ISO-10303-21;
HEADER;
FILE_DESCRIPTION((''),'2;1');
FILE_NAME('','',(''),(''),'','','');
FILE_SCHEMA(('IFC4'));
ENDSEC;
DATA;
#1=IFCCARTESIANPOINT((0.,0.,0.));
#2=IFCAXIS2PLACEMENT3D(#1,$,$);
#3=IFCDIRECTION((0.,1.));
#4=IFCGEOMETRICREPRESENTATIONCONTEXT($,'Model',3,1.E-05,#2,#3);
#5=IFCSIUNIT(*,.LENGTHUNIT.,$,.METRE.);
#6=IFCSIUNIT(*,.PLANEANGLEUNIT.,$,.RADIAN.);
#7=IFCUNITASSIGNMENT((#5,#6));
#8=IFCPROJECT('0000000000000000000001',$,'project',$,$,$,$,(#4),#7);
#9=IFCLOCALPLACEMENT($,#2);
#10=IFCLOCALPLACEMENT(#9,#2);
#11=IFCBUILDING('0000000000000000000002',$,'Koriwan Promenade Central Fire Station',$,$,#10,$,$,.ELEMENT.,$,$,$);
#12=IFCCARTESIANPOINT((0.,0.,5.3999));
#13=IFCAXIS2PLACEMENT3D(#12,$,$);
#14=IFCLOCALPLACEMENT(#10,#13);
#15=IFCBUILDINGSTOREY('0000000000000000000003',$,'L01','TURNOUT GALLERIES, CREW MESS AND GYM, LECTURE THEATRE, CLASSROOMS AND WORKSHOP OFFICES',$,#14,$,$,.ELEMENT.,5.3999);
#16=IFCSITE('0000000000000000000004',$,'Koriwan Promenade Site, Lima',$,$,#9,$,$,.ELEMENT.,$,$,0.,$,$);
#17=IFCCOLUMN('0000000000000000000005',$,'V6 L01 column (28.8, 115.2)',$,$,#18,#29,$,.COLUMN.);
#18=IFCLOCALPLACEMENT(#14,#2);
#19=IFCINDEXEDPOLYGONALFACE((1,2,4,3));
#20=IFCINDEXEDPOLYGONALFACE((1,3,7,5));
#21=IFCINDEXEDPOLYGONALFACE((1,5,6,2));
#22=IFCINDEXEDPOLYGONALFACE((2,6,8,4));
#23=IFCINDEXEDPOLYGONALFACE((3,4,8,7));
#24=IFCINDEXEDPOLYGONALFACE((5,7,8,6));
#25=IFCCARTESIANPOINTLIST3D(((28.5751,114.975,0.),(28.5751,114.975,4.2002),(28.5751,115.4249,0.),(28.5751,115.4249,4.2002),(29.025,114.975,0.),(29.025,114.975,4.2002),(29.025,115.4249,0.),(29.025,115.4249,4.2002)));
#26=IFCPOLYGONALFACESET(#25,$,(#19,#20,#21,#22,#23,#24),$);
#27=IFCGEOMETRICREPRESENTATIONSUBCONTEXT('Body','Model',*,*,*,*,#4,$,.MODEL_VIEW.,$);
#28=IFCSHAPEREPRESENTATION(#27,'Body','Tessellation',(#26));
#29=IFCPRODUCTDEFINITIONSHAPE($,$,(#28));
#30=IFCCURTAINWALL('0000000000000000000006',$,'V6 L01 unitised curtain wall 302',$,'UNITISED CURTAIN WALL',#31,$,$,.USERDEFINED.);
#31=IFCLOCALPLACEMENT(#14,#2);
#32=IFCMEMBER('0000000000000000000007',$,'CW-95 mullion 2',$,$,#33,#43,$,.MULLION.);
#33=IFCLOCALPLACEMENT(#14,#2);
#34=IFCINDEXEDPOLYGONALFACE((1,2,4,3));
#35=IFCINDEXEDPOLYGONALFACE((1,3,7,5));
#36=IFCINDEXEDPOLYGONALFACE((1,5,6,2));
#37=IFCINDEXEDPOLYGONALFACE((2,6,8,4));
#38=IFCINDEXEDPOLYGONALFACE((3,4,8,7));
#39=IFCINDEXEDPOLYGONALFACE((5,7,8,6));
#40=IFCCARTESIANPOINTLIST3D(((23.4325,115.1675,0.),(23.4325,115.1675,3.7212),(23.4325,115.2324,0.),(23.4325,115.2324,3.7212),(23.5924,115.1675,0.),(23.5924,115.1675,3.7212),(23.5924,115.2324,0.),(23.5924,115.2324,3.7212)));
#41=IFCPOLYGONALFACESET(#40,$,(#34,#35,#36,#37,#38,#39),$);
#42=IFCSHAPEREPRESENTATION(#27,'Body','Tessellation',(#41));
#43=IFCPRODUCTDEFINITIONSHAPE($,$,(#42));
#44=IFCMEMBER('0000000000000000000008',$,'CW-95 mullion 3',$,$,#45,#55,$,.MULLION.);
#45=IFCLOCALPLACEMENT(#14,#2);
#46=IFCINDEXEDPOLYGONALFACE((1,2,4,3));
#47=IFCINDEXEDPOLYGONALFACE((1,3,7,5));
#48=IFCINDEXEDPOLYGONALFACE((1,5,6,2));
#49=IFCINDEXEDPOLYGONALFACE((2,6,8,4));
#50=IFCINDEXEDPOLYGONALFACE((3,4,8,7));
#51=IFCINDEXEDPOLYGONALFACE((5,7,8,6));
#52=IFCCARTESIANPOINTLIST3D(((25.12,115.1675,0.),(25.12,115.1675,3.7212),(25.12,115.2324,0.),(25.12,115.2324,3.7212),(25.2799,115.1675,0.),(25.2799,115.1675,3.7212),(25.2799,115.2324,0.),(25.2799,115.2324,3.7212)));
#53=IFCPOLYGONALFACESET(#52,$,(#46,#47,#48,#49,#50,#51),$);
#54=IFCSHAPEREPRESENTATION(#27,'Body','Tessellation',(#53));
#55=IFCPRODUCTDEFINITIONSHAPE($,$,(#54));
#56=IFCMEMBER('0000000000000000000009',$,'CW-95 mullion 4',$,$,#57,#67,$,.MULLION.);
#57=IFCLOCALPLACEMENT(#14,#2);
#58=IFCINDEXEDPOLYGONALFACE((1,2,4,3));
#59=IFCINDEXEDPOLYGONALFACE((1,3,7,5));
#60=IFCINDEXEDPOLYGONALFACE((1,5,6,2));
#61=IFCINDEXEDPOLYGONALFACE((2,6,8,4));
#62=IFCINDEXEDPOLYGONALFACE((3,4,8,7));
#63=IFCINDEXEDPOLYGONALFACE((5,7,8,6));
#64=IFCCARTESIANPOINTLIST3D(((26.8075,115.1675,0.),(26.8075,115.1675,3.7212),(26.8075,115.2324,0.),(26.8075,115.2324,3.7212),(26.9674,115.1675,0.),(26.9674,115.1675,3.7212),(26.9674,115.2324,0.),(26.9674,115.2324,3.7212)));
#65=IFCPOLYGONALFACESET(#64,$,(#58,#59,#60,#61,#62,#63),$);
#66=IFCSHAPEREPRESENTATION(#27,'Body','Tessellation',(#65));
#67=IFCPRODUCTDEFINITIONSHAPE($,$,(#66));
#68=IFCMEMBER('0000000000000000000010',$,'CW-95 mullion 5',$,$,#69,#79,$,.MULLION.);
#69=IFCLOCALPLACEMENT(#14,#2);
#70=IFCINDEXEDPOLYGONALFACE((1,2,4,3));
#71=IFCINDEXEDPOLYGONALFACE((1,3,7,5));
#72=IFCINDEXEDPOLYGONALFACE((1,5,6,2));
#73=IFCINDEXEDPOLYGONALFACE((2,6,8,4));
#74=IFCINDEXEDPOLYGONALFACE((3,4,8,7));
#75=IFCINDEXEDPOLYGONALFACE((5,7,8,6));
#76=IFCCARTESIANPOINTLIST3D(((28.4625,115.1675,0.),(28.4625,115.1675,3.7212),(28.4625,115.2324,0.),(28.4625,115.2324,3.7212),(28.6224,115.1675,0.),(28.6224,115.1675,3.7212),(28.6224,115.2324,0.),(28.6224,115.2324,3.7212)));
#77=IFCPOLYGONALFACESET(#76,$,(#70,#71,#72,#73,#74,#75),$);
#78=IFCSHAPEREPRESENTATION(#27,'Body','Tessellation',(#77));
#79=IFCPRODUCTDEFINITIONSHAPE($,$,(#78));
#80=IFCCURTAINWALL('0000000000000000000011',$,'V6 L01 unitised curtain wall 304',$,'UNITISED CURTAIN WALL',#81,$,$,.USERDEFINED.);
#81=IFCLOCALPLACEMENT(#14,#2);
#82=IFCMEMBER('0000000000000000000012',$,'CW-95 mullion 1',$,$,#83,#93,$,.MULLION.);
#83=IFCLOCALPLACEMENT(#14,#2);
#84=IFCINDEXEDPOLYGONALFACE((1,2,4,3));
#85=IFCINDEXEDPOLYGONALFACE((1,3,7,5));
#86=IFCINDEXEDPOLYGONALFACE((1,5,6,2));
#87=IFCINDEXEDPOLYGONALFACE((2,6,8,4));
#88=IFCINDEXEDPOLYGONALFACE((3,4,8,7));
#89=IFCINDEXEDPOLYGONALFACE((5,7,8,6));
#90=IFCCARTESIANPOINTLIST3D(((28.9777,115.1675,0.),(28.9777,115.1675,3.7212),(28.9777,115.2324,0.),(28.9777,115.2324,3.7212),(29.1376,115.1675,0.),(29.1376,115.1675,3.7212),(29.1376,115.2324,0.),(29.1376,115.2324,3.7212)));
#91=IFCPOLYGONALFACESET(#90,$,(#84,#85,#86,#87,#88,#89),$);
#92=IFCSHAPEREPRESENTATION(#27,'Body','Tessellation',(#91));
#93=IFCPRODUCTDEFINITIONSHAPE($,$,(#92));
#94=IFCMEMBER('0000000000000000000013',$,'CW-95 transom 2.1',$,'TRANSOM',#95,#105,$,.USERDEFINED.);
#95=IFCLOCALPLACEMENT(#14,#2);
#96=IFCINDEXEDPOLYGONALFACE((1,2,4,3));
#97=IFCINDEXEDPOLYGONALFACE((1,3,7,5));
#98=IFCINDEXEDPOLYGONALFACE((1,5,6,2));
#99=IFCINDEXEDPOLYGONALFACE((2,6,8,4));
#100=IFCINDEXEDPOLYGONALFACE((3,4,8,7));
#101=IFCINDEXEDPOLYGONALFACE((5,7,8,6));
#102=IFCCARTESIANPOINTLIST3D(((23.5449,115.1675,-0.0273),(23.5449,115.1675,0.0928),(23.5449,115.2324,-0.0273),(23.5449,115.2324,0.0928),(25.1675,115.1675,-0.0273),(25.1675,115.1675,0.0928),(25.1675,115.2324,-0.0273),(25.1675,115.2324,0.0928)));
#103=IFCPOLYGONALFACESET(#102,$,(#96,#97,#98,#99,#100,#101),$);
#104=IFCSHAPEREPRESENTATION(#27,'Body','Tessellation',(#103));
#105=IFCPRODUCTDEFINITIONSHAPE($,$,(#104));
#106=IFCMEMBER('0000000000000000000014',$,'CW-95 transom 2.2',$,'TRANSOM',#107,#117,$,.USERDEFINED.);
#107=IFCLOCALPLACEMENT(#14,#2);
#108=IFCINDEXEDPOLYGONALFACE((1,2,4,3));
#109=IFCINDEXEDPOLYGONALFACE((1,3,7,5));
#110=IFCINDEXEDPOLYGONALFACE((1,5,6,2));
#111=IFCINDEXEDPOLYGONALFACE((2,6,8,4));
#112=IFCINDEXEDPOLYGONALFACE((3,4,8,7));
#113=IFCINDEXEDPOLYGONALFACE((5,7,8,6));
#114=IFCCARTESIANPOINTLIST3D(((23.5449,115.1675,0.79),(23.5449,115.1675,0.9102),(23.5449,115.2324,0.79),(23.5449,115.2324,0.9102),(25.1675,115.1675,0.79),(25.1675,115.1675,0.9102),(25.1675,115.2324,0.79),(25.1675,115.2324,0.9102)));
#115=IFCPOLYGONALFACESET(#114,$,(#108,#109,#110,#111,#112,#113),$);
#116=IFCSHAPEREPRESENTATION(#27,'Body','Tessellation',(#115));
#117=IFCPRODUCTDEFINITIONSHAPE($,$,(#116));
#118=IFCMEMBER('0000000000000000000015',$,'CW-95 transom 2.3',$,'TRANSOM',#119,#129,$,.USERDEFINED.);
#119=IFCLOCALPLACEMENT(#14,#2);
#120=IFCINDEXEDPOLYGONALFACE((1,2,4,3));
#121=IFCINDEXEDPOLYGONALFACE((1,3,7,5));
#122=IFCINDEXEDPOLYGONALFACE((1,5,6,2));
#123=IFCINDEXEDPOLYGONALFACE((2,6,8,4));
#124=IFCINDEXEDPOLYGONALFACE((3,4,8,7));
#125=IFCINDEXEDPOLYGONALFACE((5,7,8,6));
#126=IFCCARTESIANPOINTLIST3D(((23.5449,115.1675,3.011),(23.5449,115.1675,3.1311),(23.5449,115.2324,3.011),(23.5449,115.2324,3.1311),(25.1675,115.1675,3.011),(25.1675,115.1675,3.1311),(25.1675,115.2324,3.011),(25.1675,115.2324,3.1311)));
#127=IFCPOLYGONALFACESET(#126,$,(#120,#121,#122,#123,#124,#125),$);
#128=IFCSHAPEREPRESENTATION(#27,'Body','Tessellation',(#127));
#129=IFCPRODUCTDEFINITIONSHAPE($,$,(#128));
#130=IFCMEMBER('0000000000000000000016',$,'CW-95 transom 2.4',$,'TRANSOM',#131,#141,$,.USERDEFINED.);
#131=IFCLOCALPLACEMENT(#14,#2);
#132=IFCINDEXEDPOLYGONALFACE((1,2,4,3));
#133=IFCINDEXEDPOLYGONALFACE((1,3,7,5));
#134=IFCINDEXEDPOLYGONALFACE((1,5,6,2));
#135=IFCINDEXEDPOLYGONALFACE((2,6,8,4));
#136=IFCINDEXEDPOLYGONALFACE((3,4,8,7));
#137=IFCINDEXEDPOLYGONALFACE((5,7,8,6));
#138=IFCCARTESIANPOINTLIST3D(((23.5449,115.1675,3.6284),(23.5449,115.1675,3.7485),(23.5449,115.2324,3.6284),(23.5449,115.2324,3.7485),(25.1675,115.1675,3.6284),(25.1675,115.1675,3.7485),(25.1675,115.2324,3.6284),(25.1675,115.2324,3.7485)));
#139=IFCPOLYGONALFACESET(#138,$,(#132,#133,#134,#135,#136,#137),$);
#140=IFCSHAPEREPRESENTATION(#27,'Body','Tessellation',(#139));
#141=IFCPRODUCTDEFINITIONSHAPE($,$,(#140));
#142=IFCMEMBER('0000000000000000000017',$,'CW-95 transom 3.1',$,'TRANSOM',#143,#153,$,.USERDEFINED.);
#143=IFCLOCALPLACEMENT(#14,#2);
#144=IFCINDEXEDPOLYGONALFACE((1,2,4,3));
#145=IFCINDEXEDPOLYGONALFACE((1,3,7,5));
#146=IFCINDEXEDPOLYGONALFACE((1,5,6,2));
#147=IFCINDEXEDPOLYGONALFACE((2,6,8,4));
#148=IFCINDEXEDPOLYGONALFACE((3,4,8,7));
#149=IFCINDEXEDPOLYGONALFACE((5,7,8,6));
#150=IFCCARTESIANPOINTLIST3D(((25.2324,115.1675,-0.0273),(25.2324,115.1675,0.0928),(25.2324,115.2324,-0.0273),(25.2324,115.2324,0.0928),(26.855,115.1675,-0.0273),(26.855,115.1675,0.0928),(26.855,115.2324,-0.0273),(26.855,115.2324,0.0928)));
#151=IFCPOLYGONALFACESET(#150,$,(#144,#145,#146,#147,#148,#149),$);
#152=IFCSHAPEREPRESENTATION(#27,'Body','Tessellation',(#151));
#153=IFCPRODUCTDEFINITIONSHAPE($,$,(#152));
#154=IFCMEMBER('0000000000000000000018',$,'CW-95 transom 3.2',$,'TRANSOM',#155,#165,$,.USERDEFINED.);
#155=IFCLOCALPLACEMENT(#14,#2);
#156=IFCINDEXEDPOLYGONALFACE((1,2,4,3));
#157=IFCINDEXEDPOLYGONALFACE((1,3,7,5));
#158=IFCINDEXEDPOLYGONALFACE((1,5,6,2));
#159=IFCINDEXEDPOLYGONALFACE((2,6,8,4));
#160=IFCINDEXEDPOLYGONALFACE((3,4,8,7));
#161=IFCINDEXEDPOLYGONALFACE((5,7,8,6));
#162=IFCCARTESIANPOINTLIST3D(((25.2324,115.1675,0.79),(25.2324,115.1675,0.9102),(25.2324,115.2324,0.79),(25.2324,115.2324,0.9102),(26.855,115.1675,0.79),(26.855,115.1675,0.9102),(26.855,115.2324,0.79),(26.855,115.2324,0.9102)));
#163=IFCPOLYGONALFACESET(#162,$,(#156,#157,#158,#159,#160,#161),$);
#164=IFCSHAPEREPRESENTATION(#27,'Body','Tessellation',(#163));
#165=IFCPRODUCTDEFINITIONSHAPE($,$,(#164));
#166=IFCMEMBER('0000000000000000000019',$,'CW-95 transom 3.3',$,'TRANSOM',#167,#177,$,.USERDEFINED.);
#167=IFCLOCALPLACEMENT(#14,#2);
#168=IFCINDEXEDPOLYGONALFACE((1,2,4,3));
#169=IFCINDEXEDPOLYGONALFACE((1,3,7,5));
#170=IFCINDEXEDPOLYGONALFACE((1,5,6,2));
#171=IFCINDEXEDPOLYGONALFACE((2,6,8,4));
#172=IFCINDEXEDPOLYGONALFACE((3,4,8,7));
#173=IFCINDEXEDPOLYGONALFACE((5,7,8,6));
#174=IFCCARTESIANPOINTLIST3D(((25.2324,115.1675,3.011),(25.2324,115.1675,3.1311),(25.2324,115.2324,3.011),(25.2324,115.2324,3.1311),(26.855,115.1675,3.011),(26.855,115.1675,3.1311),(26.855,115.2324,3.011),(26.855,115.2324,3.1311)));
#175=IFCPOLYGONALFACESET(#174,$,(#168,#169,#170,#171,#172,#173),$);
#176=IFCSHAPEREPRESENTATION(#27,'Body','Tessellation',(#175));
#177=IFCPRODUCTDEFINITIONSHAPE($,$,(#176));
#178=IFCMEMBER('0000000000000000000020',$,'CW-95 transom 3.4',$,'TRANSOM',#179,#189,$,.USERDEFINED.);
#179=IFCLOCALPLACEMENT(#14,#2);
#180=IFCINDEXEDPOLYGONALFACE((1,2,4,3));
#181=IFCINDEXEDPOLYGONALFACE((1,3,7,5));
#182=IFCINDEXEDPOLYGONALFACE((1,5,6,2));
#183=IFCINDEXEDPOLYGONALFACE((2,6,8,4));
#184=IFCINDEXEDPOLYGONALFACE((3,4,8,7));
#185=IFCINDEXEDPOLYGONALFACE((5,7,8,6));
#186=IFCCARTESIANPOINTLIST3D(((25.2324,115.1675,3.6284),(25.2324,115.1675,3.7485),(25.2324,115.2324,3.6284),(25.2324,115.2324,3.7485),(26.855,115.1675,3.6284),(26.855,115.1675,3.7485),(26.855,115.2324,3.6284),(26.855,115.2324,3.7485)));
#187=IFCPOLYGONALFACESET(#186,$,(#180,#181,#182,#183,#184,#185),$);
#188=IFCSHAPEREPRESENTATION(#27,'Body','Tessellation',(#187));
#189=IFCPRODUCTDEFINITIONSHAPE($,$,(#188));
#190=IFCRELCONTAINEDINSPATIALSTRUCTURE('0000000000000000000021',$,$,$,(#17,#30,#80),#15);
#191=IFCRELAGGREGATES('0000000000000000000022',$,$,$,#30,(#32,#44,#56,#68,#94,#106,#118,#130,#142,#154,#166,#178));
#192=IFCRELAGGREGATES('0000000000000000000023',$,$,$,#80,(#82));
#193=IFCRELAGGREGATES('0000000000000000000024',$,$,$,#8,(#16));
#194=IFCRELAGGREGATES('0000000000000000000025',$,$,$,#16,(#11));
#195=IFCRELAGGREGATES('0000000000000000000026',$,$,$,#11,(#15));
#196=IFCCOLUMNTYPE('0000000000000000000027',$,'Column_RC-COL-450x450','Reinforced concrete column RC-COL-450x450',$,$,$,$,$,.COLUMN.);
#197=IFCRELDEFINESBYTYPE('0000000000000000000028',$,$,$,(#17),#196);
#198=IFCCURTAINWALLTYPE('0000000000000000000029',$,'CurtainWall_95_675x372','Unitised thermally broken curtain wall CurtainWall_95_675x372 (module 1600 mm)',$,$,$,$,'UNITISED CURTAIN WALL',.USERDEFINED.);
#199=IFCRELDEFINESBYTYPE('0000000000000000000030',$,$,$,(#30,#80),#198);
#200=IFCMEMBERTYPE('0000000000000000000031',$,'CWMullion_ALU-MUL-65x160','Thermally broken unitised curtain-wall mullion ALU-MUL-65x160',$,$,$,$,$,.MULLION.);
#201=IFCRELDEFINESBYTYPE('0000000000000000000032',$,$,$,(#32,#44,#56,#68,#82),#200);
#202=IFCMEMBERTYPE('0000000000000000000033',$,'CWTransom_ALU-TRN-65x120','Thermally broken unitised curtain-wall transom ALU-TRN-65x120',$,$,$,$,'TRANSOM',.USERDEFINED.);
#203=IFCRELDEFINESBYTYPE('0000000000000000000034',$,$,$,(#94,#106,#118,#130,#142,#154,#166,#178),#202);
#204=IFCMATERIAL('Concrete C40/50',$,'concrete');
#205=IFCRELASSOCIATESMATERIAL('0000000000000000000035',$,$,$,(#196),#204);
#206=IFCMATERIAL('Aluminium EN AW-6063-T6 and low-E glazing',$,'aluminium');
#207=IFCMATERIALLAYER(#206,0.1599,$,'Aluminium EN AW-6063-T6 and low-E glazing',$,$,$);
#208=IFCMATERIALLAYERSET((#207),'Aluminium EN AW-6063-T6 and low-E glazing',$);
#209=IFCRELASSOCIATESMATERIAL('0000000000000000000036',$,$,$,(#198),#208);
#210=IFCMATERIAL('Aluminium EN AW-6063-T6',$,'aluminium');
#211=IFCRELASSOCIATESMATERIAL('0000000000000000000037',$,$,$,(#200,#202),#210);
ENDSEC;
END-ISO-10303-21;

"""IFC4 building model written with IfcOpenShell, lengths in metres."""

from ifc_helpers import new_model, si_unit, direction, frame, origin, origin_2d, place, context, subcontext, project, spatial, rectangle, extrude, material, layer, layer_set, material_profile, profile_set, type_object, element, aggregate, save


model = new_model("IFC4")

# Units and contexts
model_context = context("Model", 3, precision=1e-05, world=origin(), true_north=direction((0.0, 1.0)))
body_context = subcontext(model_context, "Body", "Model", "MODEL_VIEW")
ifc_project = project(units=[si_unit("LENGTHUNIT", "METRE"), si_unit("PLANEANGLEUNIT", "RADIAN")], contexts=[model_context])

# Site, building, storey
site_placement = place(None, origin())
site = spatial("IfcSite", under=ifc_project, at=site_placement, Name="Koriwan Promenade Site, Lima", CompositionType="ELEMENT", RefElevation=0.0)
building_placement = place(site_placement, origin())
building = spatial("IfcBuilding", under=site, at=building_placement, Name="Koriwan Promenade Central Fire Station", CompositionType="ELEMENT")
storey_placement = place(building_placement, frame((0.0, 0.0, 5.3999)))
storey = spatial("IfcBuildingStorey", under=building, at=storey_placement, Name="L01", Description="TURNOUT GALLERIES, CREW MESS AND GYM, LECTURE THEATRE, CLASSROOMS AND WORKSHOP OFFICES", CompositionType="ELEMENT", Elevation=5.3999)

# Column
ifc_material_1 = material(Name="Concrete C40/50", Category="concrete")
ifc_material_profile_1 = material_profile(ifc_material_1, rectangle(XDim=0.45, YDim=0.45, at=origin_2d()), Name="RC-COL-450x450")
ifc_profile_set_1 = profile_set([ifc_material_profile_1], Name="Concrete C40/50")
column_type = type_object("IfcColumnType", Name="Column_RC-COL-450x450", Description="Reinforced concrete column RC-COL-450x450", PredefinedType="COLUMN", material=ifc_profile_set_1)
column_placement = place(storey_placement, frame((28.8, 115.2, 0.0), z_axis=(0.0, 0.0, 1.0), x_axis=(1.0, 0.0, 0.0)))
element("IfcColumn", 1, at=column_placement, inside=storey, type_object=column_type, Name="V6 L01 column (28.8, 115.2)", PredefinedType="COLUMN", context=body_context, shape_type="SweptSolid", body=[
    extrude(rectangle(XDim=0.45, YDim=0.45, at=origin_2d()), origin(), (0.0, 0.0, 1.0), 4.2002),
])

# Curtain wall, members
ifc_material_2 = material(Name="Aluminium EN AW-6063-T6 and low-E glazing", Category="aluminium")
ifc_layer_1 = layer(ifc_material_2, 0.1599, Name="Aluminium EN AW-6063-T6 and low-E glazing")
ifc_layer_set_1 = layer_set([ifc_layer_1], Name="Aluminium EN AW-6063-T6 and low-E glazing")
curtain_wall_type = type_object("IfcCurtainWallType", Name="CurtainWall_95_675x372", Description="Unitised thermally broken curtain wall CurtainWall_95_675x372 (module 1600 mm)", ElementType="UNITISED CURTAIN WALL", PredefinedType="USERDEFINED", material=ifc_layer_set_1)
curtain_wall_1_placement = place(storey_placement, origin())
curtain_wall_1 = element("IfcCurtainWall", 2, at=curtain_wall_1_placement, inside=storey, type_object=curtain_wall_type, Name="V6 L01 unitised curtain wall 302", ObjectType="UNITISED CURTAIN WALL", PredefinedType="USERDEFINED")
ifc_material_3 = material(Name="Aluminium EN AW-6063-T6", Category="aluminium")
ifc_material_profile_2 = material_profile(ifc_material_3, rectangle(XDim=0.0649, YDim=0.1599, at=origin_2d()), Name="ALU-MUL-65x160")
ifc_profile_set_2 = profile_set([ifc_material_profile_2], Name="Aluminium EN AW-6063-T6")
member_type_1 = type_object("IfcMemberType", Name="CWMullion_ALU-MUL-65x160", Description="Thermally broken unitised curtain-wall mullion ALU-MUL-65x160", PredefinedType="MULLION", material=ifc_profile_set_2)
member_1_placement = place(storey_placement, frame((23.5125, 115.2, 0.0), z_axis=(0.0, 0.0, 1.0), x_axis=(0.0, 1.0, 0.0)))
member_1 = element("IfcMember", 3, at=member_1_placement, type_object=member_type_1, Name="CW-95 mullion 2", PredefinedType="MULLION", context=body_context, shape_type="SweptSolid", body=[
    extrude(rectangle(XDim=0.0649, YDim=0.1599, at=origin_2d()), origin(), (0.0, 0.0, 1.0), 3.7212),
])
member_2_placement = place(storey_placement, frame((25.2, 115.2, 0.0), z_axis=(0.0, 0.0, 1.0), x_axis=(0.0, 1.0, 0.0)))
member_2 = element("IfcMember", 4, at=member_2_placement, type_object=member_type_1, Name="CW-95 mullion 3", PredefinedType="MULLION", context=body_context, shape_type="SweptSolid", body=[
    extrude(rectangle(XDim=0.0649, YDim=0.1599, at=origin_2d()), origin(), (0.0, 0.0, 1.0), 3.7212),
])
member_3_placement = place(storey_placement, frame((26.8875, 115.2, 0.0), z_axis=(0.0, 0.0, 1.0), x_axis=(0.0, 1.0, 0.0)))
member_3 = element("IfcMember", 5, at=member_3_placement, type_object=member_type_1, Name="CW-95 mullion 4", PredefinedType="MULLION", context=body_context, shape_type="SweptSolid", body=[
    extrude(rectangle(XDim=0.0649, YDim=0.1599, at=origin_2d()), origin(), (0.0, 0.0, 1.0), 3.7212),
])
member_4_placement = place(storey_placement, frame((28.5425, 115.2, 0.0), z_axis=(0.0, 0.0, 1.0), x_axis=(0.0, 1.0, 0.0)))
member_4 = element("IfcMember", 6, at=member_4_placement, type_object=member_type_1, Name="CW-95 mullion 5", PredefinedType="MULLION", context=body_context, shape_type="SweptSolid", body=[
    extrude(rectangle(XDim=0.0649, YDim=0.1599, at=origin_2d()), origin(), (0.0, 0.0, 1.0), 3.7212),
])

# Curtain wall, member
curtain_wall_2_placement = place(storey_placement, origin())
curtain_wall_2 = element("IfcCurtainWall", 7, at=curtain_wall_2_placement, inside=storey, type_object=curtain_wall_type, Name="V6 L01 unitised curtain wall 304", ObjectType="UNITISED CURTAIN WALL", PredefinedType="USERDEFINED")
member_5_placement = place(storey_placement, frame((29.0576, 115.2, 0.0), z_axis=(0.0, 0.0, 1.0), x_axis=(0.0, 1.0, 0.0)))
member_5 = element("IfcMember", 8, at=member_5_placement, type_object=member_type_1, Name="CW-95 mullion 1", PredefinedType="MULLION", context=body_context, shape_type="SweptSolid", body=[
    extrude(rectangle(XDim=0.0649, YDim=0.1599, at=origin_2d()), origin(), (0.0, 0.0, 1.0), 3.7212),
])

# Members
ifc_material_profile_3 = material_profile(ifc_material_3, rectangle(XDim=0.0649, YDim=0.1201, at=origin_2d()), Name="ALU-TRN-65x120")
ifc_profile_set_3 = profile_set([ifc_material_profile_3], Name="Aluminium EN AW-6063-T6")
member_type_2 = type_object("IfcMemberType", Name="CWTransom_ALU-TRN-65x120", Description="Thermally broken unitised curtain-wall transom ALU-TRN-65x120", ElementType="TRANSOM", PredefinedType="USERDEFINED", material=ifc_profile_set_3)
member_6_placement = place(storey_placement, frame((23.5449, 115.2, 0.0327), z_axis=(1.0, 0.0, 0.0), x_axis=(0.0, 1.0, 0.0)))
member_6 = element("IfcMember", 9, at=member_6_placement, type_object=member_type_2, Name="CW-95 transom 2.1", ObjectType="TRANSOM", PredefinedType="USERDEFINED", context=body_context, shape_type="SweptSolid", body=[
    extrude(rectangle(XDim=0.0649, YDim=0.1201, at=origin_2d()), origin(), (0.0, 0.0, 1.0), 1.6226),
])
member_7_placement = place(storey_placement, frame((23.5449, 115.2, 0.8501), z_axis=(1.0, 0.0, 0.0), x_axis=(0.0, 1.0, 0.0)))
member_7 = element("IfcMember", 10, at=member_7_placement, type_object=member_type_2, Name="CW-95 transom 2.2", ObjectType="TRANSOM", PredefinedType="USERDEFINED", context=body_context, shape_type="SweptSolid", body=[
    extrude(rectangle(XDim=0.0649, YDim=0.1201, at=origin_2d()), origin(), (0.0, 0.0, 1.0), 1.6226),
])
member_8_placement = place(storey_placement, frame((23.5449, 115.2, 3.071), z_axis=(1.0, 0.0, 0.0), x_axis=(0.0, 1.0, 0.0)))
member_8 = element("IfcMember", 11, at=member_8_placement, type_object=member_type_2, Name="CW-95 transom 2.3", ObjectType="TRANSOM", PredefinedType="USERDEFINED", context=body_context, shape_type="SweptSolid", body=[
    extrude(rectangle(XDim=0.0649, YDim=0.1201, at=origin_2d()), origin(), (0.0, 0.0, 1.0), 1.6226),
])
member_9_placement = place(storey_placement, frame((23.5449, 115.2, 3.6885), z_axis=(1.0, 0.0, 0.0), x_axis=(0.0, 1.0, 0.0)))
member_9 = element("IfcMember", 12, at=member_9_placement, type_object=member_type_2, Name="CW-95 transom 2.4", ObjectType="TRANSOM", PredefinedType="USERDEFINED", context=body_context, shape_type="SweptSolid", body=[
    extrude(rectangle(XDim=0.0649, YDim=0.1201, at=origin_2d()), origin(), (0.0, 0.0, 1.0), 1.6226),
])
member_10_placement = place(storey_placement, frame((25.2324, 115.2, 0.0327), z_axis=(1.0, 0.0, 0.0), x_axis=(0.0, 1.0, 0.0)))
member_10 = element("IfcMember", 13, at=member_10_placement, type_object=member_type_2, Name="CW-95 transom 3.1", ObjectType="TRANSOM", PredefinedType="USERDEFINED", context=body_context, shape_type="SweptSolid", body=[
    extrude(rectangle(XDim=0.0649, YDim=0.1201, at=origin_2d()), origin(), (0.0, 0.0, 1.0), 1.6226),
])
member_11_placement = place(storey_placement, frame((25.2324, 115.2, 0.8501), z_axis=(1.0, 0.0, 0.0), x_axis=(0.0, 1.0, 0.0)))
member_11 = element("IfcMember", 14, at=member_11_placement, type_object=member_type_2, Name="CW-95 transom 3.2", ObjectType="TRANSOM", PredefinedType="USERDEFINED", context=body_context, shape_type="SweptSolid", body=[
    extrude(rectangle(XDim=0.0649, YDim=0.1201, at=origin_2d()), origin(), (0.0, 0.0, 1.0), 1.6226),
])
member_12_placement = place(storey_placement, frame((25.2324, 115.2, 3.071), z_axis=(1.0, 0.0, 0.0), x_axis=(0.0, 1.0, 0.0)))
member_12 = element("IfcMember", 15, at=member_12_placement, type_object=member_type_2, Name="CW-95 transom 3.3", ObjectType="TRANSOM", PredefinedType="USERDEFINED", context=body_context, shape_type="SweptSolid", body=[
    extrude(rectangle(XDim=0.0649, YDim=0.1201, at=origin_2d()), origin(), (0.0, 0.0, 1.0), 1.6226),
])
member_13_placement = place(storey_placement, frame((25.2324, 115.2, 3.6885), z_axis=(1.0, 0.0, 0.0), x_axis=(0.0, 1.0, 0.0)))
member_13 = element("IfcMember", 16, at=member_13_placement, type_object=member_type_2, Name="CW-95 transom 3.4", ObjectType="TRANSOM", PredefinedType="USERDEFINED", context=body_context, shape_type="SweptSolid", body=[
    extrude(rectangle(XDim=0.0649, YDim=0.1201, at=origin_2d()), origin(), (0.0, 0.0, 1.0), 1.6226),
])

aggregate(curtain_wall_1, [member_1, member_2, member_3, member_4, member_6, member_7, member_8, member_9, member_10, member_11, member_12, member_13])
aggregate(curtain_wall_2, [member_5])

save(model, "model.ifc")
